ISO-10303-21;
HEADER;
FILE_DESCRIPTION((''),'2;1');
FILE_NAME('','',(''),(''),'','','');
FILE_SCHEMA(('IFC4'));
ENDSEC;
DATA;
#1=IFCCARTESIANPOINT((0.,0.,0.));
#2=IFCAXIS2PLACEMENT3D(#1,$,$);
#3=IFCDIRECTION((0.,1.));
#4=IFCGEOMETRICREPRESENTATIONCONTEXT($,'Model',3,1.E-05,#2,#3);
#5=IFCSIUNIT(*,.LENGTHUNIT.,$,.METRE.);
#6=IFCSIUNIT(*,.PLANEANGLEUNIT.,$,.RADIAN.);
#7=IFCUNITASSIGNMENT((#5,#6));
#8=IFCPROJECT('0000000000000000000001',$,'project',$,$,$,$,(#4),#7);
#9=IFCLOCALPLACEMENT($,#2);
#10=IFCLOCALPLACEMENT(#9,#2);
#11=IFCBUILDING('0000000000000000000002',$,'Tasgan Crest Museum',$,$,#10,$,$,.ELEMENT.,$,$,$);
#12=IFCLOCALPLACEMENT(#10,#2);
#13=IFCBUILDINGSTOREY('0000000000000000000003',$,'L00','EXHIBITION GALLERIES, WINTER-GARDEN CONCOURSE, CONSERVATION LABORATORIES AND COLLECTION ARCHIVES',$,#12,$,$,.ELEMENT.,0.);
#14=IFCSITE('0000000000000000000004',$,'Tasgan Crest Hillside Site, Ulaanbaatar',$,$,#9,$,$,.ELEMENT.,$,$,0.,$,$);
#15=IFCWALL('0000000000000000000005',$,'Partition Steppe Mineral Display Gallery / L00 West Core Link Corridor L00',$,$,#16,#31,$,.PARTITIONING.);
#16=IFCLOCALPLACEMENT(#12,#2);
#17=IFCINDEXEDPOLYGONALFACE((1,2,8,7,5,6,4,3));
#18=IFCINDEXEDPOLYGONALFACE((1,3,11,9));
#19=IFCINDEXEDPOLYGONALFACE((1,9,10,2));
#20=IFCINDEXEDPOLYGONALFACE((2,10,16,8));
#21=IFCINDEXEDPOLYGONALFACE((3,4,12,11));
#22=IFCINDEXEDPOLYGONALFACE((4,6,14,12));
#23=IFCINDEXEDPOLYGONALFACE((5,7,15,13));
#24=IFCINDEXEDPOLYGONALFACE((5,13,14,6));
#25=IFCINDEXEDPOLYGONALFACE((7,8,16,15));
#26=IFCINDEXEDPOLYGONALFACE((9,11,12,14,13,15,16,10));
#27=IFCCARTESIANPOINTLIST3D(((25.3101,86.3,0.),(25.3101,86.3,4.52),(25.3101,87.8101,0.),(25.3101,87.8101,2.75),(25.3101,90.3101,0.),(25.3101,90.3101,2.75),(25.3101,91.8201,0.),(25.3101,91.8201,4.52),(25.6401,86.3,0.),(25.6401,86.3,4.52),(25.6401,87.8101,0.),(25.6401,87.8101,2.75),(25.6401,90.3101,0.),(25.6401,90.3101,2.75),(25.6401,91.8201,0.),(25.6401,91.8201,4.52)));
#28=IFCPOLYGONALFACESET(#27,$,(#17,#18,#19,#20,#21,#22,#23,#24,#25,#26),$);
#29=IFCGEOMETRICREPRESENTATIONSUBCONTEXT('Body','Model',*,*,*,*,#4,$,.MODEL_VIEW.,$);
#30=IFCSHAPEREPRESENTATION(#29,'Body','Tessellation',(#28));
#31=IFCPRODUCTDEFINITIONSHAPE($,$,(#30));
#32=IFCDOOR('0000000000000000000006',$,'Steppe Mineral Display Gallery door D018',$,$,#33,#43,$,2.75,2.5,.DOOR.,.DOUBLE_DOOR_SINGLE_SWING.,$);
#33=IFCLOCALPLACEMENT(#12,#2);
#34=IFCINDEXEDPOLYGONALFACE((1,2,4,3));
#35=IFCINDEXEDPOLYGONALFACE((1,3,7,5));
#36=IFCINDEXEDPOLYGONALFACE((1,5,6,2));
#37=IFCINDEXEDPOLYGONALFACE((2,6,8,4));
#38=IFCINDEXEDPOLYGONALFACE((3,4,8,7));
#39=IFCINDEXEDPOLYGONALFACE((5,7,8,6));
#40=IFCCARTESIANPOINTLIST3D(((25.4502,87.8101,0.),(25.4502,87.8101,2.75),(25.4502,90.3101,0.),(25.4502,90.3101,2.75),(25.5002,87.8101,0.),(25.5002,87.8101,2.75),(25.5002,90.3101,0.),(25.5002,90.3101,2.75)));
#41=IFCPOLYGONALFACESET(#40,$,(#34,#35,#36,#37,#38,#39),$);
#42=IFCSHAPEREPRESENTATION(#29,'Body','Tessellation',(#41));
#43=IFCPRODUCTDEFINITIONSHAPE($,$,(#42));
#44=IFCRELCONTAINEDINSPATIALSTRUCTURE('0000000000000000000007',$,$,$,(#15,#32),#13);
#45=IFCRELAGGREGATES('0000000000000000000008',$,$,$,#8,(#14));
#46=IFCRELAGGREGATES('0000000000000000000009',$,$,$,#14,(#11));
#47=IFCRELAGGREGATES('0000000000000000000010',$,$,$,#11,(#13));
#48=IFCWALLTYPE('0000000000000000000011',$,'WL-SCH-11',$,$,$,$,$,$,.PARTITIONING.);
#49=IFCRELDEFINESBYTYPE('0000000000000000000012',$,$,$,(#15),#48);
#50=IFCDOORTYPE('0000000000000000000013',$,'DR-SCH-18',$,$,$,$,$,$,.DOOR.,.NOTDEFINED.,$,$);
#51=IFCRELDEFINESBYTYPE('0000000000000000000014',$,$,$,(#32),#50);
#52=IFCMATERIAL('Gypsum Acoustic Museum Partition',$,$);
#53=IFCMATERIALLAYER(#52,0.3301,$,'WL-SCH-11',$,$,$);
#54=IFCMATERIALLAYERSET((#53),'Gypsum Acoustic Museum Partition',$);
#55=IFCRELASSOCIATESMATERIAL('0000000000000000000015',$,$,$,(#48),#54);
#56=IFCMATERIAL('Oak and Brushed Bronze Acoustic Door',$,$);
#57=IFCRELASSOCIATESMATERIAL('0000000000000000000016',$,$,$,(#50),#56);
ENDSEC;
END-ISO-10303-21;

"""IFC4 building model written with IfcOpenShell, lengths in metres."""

from ifc_helpers import new_model, si_unit, direction, frame, frame_2d, origin, place, context, subcontext, project, spatial, rectangle, extrude, material, layer, layer_set, type_object, element, fill, save


model = new_model("IFC4")

# Units and contexts
model_context = context("Model", 3, precision=1e-05, world=origin(), true_north=direction((0.0, 1.0)))
body_context = subcontext(model_context, "Body", "Model", "MODEL_VIEW")
ifc_project = project(units=[si_unit("LENGTHUNIT", "METRE"), si_unit("PLANEANGLEUNIT", "RADIAN")], contexts=[model_context])

# Site, building, storey
site_placement = place(None, origin())
site = spatial("IfcSite", under=ifc_project, at=site_placement, Name="Tasgan Crest Hillside Site, Ulaanbaatar", CompositionType="ELEMENT", RefElevation=0.0)
building_placement = place(site_placement, origin())
building = spatial("IfcBuilding", under=site, at=building_placement, Name="Tasgan Crest Museum", CompositionType="ELEMENT")
storey_placement = place(building_placement, origin())
storey = spatial("IfcBuildingStorey", under=building, at=storey_placement, Name="L00", Description="EXHIBITION GALLERIES, WINTER-GARDEN CONCOURSE, CONSERVATION LABORATORIES AND COLLECTION ARCHIVES", CompositionType="ELEMENT", Elevation=0.0)

# Wall, opening, door
ifc_material_1 = material(Name="Gypsum Acoustic Museum Partition")
ifc_layer_1 = layer(ifc_material_1, 0.3301, Name="WL-SCH-11")
ifc_layer_set_1 = layer_set([ifc_layer_1], Name="Gypsum Acoustic Museum Partition")
wall_type_1 = type_object("IfcWallType", Name="WL-SCH-11", PredefinedType="PARTITIONING", material=ifc_layer_set_1)
wall_1_placement = place(storey_placement, frame((25.4751, 86.3, 0.0), z_axis=(0.0, 0.0, 1.0), x_axis=(0.0, 1.0, 0.0)))
wall_1 = element("IfcWall", 1, at=wall_1_placement, inside=storey, type_object=wall_type_1, Name="Partition Steppe Mineral Display Gallery / L00 West Core Link Corridor L00", PredefinedType="PARTITIONING", context=body_context, shape_type="SweptSolid", body=[
    extrude(rectangle(XDim=5.52, YDim=0.3301, at=frame_2d((2.76, 0.0))), origin(), (0.0, 0.0, 1.0), 4.52),
])
opening_1_placement = place(wall_1_placement, frame((1.51, 0.0, 0.0)))
opening_1 = element("IfcOpeningElement", 2, at=opening_1_placement, cuts=wall_1, PredefinedType="OPENING", context=body_context, shape_type="SweptSolid", body=[
    extrude(rectangle(XDim=2.5, YDim=2.75, at=frame_2d((1.25, 1.375))), frame((0.0, 0.175, 0.0), z_axis=(0.0, -1.0, 0.0), x_axis=(1.0, 0.0, 0.0)), (0.0, 0.0, 1.0), 0.3501),
])
ifc_material_2 = material(Name="Oak and Brushed Bronze Acoustic Door")
door_type_1 = type_object("IfcDoorType", Name="DR-SCH-18", OperationType="NOTDEFINED", PredefinedType="DOOR", material=ifc_material_2)
door_1_placement = place(opening_1_placement, origin())
door_1 = element("IfcDoor", 3, at=door_1_placement, inside=storey, type_object=door_type_1, Name="Steppe Mineral Display Gallery door D018", OperationType="DOUBLE_DOOR_SINGLE_SWING", OverallHeight=2.75, OverallWidth=2.5, PredefinedType="DOOR", context=body_context, shape_type="SweptSolid", body=[
    extrude(rectangle(XDim=2.5, YDim=2.75, at=frame_2d((1.25, 1.375))), frame((0.0, 0.0249, 0.0), z_axis=(0.0, -1.0, 0.0), x_axis=(1.0, 0.0, 0.0)), (0.0, 0.0, 1.0), 0.05),
])
fill(opening_1, door_1)

save(model, "model.ifc")
